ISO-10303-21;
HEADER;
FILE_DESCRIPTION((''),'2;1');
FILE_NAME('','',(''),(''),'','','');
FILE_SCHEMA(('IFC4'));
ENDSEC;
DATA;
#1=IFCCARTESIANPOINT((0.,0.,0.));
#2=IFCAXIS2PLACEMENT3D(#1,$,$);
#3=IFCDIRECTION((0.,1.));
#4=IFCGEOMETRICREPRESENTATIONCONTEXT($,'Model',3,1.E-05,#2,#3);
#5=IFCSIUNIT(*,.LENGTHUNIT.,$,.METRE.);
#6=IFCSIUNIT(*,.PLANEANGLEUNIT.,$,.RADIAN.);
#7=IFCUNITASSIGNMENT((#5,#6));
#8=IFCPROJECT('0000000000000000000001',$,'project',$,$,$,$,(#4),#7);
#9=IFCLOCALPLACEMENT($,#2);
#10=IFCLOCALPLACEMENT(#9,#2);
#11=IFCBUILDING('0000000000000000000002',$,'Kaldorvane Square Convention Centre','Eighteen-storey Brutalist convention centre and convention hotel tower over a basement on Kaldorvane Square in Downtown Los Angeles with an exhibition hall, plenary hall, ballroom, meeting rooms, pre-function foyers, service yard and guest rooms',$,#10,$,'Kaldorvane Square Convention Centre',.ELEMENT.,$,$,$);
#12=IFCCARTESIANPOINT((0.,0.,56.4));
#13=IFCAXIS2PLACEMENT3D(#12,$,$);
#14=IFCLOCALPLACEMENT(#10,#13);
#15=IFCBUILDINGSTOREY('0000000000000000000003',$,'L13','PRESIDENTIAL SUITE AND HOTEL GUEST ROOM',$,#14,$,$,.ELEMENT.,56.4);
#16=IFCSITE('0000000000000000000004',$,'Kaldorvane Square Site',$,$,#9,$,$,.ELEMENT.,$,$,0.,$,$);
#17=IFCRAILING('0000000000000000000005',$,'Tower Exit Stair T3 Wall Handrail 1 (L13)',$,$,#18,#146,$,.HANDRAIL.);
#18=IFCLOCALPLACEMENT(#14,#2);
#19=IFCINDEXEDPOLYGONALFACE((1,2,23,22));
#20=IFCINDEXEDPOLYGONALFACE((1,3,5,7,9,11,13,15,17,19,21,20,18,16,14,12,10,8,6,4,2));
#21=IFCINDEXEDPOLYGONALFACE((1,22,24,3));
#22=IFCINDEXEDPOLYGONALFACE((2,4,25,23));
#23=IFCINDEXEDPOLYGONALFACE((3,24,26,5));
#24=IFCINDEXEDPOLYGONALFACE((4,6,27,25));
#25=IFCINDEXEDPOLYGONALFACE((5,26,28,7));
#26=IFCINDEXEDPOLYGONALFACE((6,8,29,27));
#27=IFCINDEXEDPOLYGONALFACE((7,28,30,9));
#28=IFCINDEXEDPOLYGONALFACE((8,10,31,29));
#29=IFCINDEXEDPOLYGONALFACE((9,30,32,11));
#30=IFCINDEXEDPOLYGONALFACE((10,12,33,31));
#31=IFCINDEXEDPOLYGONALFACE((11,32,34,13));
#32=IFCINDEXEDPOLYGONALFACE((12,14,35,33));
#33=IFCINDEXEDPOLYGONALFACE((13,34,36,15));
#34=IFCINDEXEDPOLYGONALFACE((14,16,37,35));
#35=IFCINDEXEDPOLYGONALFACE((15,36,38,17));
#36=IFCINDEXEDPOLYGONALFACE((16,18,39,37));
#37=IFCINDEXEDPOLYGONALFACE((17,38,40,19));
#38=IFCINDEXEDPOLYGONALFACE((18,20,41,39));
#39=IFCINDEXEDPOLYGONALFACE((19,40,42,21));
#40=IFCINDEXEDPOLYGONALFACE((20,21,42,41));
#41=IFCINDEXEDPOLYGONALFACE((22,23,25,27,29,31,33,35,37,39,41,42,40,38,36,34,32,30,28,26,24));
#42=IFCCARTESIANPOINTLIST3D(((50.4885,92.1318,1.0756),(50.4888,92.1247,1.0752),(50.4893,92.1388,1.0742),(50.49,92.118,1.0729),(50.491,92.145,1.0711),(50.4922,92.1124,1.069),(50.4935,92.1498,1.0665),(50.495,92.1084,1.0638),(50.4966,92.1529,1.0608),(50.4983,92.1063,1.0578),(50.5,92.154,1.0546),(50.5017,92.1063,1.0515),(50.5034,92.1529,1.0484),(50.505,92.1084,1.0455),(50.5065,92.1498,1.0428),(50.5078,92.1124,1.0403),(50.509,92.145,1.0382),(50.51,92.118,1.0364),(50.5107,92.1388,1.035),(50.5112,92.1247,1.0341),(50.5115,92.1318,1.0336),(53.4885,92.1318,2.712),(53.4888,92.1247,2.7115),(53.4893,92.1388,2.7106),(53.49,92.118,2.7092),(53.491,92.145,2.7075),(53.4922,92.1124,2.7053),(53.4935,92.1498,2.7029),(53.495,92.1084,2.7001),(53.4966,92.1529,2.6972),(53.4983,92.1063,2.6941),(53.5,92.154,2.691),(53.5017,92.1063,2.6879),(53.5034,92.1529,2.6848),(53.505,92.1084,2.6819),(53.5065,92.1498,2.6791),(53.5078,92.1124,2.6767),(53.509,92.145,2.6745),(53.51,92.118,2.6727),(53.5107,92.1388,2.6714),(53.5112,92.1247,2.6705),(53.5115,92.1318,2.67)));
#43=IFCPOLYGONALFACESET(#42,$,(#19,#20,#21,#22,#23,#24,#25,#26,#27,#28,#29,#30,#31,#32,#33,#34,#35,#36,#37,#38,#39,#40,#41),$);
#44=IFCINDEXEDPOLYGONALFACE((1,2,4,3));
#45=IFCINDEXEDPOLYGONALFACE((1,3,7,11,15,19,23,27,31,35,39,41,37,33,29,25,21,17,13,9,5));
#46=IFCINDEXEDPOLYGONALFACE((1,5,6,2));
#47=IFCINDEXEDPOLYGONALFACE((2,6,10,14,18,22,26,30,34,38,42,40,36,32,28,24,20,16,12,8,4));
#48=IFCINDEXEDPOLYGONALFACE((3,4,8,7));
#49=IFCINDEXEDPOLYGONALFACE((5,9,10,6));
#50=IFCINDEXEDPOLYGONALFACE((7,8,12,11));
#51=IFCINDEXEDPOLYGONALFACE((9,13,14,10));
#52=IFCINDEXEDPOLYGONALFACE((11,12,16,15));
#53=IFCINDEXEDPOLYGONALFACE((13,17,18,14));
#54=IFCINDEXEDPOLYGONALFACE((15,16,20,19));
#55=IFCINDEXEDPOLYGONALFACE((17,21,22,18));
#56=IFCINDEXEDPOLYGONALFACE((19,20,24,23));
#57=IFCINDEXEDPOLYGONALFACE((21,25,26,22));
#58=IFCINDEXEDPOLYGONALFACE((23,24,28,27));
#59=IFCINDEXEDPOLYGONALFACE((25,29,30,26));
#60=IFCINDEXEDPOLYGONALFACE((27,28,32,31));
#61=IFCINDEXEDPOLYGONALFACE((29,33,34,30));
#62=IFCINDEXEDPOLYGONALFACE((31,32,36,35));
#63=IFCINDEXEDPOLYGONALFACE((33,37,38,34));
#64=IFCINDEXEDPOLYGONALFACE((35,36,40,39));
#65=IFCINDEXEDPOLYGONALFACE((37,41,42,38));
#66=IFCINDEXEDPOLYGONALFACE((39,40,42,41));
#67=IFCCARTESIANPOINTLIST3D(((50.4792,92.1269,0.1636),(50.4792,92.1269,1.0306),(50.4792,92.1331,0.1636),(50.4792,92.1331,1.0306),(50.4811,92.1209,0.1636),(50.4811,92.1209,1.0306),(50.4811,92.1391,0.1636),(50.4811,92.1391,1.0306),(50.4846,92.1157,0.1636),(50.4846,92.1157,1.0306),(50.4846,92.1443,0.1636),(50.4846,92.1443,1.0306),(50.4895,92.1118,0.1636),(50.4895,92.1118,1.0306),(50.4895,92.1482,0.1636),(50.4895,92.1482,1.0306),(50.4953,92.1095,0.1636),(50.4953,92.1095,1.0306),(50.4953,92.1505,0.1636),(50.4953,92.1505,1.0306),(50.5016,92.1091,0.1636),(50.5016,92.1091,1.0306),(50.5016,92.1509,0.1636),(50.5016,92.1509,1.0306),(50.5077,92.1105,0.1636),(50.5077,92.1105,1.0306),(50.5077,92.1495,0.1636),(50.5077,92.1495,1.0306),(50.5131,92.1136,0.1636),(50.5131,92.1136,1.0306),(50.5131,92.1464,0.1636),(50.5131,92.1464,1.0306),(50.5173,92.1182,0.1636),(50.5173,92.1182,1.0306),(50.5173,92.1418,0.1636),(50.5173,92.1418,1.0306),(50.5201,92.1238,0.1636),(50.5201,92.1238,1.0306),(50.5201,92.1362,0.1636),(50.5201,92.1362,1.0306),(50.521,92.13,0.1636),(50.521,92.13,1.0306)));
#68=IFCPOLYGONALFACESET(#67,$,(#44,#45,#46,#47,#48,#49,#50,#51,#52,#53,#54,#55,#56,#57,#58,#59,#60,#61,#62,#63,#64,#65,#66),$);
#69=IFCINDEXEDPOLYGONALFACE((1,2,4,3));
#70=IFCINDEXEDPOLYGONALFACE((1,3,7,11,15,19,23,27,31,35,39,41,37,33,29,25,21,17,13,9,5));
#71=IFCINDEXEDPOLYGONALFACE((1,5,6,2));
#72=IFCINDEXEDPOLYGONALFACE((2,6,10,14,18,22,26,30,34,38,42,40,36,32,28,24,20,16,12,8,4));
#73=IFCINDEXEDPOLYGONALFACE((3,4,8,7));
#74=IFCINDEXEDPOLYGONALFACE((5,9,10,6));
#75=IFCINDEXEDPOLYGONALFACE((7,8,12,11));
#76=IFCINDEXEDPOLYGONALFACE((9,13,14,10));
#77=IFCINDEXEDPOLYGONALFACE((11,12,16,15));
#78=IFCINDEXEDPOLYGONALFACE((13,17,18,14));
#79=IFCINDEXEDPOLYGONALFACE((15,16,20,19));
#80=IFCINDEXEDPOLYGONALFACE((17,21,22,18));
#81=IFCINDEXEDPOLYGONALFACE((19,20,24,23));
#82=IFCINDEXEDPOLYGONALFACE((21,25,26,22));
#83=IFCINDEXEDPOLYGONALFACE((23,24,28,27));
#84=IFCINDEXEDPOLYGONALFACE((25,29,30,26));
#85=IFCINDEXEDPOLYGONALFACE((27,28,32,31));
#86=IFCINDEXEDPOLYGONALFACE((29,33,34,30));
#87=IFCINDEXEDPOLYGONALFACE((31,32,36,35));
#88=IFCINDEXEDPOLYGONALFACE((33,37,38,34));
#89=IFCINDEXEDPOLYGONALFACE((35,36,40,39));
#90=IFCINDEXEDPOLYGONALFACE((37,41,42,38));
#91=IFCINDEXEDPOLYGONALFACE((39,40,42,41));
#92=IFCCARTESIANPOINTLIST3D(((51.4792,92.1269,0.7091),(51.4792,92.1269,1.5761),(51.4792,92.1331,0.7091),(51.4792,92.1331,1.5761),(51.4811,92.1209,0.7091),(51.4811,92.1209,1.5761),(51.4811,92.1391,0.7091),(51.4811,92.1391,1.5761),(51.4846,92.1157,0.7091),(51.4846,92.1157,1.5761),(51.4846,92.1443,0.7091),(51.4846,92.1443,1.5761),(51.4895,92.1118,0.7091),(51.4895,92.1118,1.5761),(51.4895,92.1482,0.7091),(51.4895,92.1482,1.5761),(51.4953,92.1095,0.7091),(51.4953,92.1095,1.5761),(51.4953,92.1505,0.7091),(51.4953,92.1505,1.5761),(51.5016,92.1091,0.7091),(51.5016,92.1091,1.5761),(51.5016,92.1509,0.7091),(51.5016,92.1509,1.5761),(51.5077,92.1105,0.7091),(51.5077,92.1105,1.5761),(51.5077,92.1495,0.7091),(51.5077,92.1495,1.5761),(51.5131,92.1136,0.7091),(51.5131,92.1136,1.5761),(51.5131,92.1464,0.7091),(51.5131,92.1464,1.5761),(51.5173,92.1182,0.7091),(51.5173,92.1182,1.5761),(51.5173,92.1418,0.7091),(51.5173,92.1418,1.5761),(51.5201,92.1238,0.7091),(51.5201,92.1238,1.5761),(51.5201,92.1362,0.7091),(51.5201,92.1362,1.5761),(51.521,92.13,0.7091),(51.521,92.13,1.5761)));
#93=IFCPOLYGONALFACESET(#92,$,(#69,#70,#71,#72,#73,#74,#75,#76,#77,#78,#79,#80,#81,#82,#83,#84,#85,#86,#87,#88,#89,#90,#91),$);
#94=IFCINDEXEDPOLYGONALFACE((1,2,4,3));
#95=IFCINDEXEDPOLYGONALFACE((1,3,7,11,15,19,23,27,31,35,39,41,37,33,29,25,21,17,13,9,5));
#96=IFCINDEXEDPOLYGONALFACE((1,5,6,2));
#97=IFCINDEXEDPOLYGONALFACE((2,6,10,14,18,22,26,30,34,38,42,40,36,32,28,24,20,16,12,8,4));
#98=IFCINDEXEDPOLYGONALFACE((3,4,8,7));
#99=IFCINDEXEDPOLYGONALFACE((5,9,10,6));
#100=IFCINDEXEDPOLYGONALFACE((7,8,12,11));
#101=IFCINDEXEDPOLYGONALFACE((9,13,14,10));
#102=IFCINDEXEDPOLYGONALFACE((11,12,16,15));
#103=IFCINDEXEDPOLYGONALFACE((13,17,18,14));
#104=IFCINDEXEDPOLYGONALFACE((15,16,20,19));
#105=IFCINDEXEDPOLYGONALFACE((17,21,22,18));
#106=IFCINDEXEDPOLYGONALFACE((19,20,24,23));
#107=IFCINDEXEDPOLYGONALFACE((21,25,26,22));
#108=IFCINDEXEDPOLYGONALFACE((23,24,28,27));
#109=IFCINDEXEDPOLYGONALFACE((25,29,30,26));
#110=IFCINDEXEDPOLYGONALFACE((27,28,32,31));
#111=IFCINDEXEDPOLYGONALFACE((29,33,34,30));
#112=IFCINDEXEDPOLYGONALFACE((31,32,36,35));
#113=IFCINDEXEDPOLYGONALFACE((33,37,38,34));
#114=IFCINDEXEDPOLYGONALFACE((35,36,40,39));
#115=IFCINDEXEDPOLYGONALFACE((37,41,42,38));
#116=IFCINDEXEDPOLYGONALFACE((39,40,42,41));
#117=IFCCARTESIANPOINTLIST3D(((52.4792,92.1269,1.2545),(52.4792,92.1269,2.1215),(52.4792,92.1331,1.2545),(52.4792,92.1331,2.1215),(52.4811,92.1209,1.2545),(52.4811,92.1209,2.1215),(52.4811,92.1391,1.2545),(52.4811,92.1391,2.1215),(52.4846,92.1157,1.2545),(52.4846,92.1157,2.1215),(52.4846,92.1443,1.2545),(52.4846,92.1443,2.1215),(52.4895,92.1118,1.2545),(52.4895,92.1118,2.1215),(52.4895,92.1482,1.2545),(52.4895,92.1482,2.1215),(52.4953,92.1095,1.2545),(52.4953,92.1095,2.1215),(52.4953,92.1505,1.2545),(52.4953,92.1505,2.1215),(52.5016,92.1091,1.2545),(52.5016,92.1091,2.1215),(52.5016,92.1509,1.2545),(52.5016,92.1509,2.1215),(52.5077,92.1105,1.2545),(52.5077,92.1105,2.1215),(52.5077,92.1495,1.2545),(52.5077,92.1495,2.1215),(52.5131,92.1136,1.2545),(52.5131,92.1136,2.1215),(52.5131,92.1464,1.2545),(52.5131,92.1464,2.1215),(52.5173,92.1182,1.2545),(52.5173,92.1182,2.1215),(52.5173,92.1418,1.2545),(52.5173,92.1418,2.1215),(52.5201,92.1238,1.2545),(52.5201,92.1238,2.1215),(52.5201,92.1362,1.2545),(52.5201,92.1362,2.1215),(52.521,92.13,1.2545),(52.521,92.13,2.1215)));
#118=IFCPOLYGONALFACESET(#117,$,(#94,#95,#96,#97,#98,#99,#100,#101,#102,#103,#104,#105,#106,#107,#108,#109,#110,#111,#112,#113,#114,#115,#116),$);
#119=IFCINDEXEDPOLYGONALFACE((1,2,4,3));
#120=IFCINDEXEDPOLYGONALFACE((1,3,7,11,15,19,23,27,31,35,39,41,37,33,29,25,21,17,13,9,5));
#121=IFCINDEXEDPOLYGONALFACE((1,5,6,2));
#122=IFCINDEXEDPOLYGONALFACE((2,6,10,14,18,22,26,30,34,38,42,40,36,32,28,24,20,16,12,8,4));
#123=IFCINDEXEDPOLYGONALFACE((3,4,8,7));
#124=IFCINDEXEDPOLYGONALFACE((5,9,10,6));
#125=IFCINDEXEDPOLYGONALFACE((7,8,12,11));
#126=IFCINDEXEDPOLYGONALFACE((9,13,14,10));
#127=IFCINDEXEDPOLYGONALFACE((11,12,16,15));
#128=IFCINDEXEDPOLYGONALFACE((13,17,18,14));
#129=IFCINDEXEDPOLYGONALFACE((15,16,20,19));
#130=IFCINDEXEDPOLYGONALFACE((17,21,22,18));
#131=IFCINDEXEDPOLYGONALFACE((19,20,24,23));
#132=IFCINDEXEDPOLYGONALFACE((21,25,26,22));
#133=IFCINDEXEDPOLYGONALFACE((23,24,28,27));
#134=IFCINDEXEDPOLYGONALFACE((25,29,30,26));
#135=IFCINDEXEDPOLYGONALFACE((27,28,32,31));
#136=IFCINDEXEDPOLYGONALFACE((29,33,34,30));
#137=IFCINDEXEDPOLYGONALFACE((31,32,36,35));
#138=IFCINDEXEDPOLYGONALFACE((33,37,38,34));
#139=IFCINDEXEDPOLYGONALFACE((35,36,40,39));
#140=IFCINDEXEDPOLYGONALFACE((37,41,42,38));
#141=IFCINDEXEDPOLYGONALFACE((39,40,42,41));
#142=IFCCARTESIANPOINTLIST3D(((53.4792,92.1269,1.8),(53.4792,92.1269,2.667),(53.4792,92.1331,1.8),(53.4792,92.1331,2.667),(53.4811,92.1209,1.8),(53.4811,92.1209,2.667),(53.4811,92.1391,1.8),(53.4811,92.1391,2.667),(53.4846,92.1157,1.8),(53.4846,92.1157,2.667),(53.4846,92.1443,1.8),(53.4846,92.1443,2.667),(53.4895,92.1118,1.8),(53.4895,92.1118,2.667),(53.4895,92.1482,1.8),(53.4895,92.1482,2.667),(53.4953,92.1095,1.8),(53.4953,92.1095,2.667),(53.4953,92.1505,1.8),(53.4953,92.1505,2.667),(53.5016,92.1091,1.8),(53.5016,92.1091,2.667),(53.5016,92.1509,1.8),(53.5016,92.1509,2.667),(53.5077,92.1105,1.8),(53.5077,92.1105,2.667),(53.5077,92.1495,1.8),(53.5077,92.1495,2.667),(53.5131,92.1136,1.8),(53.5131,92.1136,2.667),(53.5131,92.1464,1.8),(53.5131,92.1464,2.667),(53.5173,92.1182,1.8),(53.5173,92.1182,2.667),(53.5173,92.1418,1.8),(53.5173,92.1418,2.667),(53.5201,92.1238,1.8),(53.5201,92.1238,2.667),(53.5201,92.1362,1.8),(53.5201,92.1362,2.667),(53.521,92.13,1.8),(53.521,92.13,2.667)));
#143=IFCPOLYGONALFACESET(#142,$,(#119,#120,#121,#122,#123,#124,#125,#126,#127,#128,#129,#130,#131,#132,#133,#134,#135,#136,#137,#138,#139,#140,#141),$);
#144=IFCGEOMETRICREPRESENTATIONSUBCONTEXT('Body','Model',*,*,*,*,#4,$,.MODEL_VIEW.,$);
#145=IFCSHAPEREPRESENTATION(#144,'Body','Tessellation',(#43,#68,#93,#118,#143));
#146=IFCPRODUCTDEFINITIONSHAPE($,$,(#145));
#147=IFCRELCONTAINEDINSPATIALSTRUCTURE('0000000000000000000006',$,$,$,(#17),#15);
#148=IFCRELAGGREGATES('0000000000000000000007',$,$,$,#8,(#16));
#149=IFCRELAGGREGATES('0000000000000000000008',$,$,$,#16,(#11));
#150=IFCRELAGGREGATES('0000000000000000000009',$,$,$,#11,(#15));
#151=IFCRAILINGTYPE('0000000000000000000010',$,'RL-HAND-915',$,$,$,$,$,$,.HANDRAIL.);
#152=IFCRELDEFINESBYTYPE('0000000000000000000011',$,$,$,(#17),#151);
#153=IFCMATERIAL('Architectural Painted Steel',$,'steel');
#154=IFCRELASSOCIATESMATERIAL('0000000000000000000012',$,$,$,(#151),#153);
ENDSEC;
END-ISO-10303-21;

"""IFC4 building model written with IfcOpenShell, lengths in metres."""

from ifc_helpers import new_model, si_unit, direction, frame, origin, origin_2d, place, context, subcontext, project, spatial, circle, extrude, material, type_object, element, save


model = new_model("IFC4")

# Units and contexts
model_context = context("Model", 3, precision=1e-05, world=origin(), true_north=direction((0.0, 1.0)))
body_context = subcontext(model_context, "Body", "Model", "MODEL_VIEW")
ifc_project = project(units=[si_unit("LENGTHUNIT", "METRE"), si_unit("PLANEANGLEUNIT", "RADIAN")], contexts=[model_context])

# Site, building, storey
site_placement = place(None, origin())
site = spatial("IfcSite", under=ifc_project, at=site_placement, Name="Kaldorvane Square Site", CompositionType="ELEMENT", RefElevation=0.0)
building_placement = place(site_placement, origin())
building = spatial("IfcBuilding", under=site, at=building_placement, Name="Kaldorvane Square Convention Centre", Description="Eighteen-storey Brutalist convention centre and convention hotel tower over a basement on Kaldorvane Square in Downtown Los Angeles with an exhibition hall, plenary hall, ballroom, meeting rooms, pre-function foyers, service yard and guest rooms", LongName="Kaldorvane Square Convention Centre", CompositionType="ELEMENT")
storey_placement = place(building_placement, frame((0.0, 0.0, 56.4)))
storey = spatial("IfcBuildingStorey", under=building, at=storey_placement, Name="L13", Description="PRESIDENTIAL SUITE AND HOTEL GUEST ROOM", CompositionType="ELEMENT", Elevation=56.4)

# Railing
ifc_material_1 = material(Name="Architectural Painted Steel", Category="steel")
railing_type_1 = type_object("IfcRailingType", Name="RL-HAND-915", PredefinedType="HANDRAIL", material=ifc_material_1)
for number, where, name in (
    (1, (50.5, 92.13, 0.1636), "Tower Exit Stair T3 Wall Handrail 1 (L13)"),
):
    element("IfcRailing", number, at=place(storey_placement, frame(where)), inside=storey, type_object=railing_type_1, Name=name, PredefinedType="HANDRAIL", context=body_context, shape_type="SweptSolid", body=[
        extrude(circle(Radius=0.024, at=origin_2d()), frame((0.0, 0.0, 0.891), z_axis=(0.877895, 0.0, 0.478853), x_axis=(0.0, 1.0, 0.0)), (0.0, 0.0, 1.0), 3.4173),
        extrude(circle(Radius=0.021, at=origin_2d()), origin(), (0.0, 0.0, 1.0), 0.867),
        extrude(circle(Radius=0.021, at=origin_2d()), frame((1.0, 0.0, 0.5455)), (0.0, 0.0, 1.0), 0.867),
        extrude(circle(Radius=0.021, at=origin_2d()), frame((2.0, 0.0, 1.0909)), (0.0, 0.0, 1.0), 0.867),
        extrude(circle(Radius=0.021, at=origin_2d()), frame((3.0, 0.0, 1.6364)), (0.0, 0.0, 1.0), 0.867),
    ])

save(model, "model.ifc")
